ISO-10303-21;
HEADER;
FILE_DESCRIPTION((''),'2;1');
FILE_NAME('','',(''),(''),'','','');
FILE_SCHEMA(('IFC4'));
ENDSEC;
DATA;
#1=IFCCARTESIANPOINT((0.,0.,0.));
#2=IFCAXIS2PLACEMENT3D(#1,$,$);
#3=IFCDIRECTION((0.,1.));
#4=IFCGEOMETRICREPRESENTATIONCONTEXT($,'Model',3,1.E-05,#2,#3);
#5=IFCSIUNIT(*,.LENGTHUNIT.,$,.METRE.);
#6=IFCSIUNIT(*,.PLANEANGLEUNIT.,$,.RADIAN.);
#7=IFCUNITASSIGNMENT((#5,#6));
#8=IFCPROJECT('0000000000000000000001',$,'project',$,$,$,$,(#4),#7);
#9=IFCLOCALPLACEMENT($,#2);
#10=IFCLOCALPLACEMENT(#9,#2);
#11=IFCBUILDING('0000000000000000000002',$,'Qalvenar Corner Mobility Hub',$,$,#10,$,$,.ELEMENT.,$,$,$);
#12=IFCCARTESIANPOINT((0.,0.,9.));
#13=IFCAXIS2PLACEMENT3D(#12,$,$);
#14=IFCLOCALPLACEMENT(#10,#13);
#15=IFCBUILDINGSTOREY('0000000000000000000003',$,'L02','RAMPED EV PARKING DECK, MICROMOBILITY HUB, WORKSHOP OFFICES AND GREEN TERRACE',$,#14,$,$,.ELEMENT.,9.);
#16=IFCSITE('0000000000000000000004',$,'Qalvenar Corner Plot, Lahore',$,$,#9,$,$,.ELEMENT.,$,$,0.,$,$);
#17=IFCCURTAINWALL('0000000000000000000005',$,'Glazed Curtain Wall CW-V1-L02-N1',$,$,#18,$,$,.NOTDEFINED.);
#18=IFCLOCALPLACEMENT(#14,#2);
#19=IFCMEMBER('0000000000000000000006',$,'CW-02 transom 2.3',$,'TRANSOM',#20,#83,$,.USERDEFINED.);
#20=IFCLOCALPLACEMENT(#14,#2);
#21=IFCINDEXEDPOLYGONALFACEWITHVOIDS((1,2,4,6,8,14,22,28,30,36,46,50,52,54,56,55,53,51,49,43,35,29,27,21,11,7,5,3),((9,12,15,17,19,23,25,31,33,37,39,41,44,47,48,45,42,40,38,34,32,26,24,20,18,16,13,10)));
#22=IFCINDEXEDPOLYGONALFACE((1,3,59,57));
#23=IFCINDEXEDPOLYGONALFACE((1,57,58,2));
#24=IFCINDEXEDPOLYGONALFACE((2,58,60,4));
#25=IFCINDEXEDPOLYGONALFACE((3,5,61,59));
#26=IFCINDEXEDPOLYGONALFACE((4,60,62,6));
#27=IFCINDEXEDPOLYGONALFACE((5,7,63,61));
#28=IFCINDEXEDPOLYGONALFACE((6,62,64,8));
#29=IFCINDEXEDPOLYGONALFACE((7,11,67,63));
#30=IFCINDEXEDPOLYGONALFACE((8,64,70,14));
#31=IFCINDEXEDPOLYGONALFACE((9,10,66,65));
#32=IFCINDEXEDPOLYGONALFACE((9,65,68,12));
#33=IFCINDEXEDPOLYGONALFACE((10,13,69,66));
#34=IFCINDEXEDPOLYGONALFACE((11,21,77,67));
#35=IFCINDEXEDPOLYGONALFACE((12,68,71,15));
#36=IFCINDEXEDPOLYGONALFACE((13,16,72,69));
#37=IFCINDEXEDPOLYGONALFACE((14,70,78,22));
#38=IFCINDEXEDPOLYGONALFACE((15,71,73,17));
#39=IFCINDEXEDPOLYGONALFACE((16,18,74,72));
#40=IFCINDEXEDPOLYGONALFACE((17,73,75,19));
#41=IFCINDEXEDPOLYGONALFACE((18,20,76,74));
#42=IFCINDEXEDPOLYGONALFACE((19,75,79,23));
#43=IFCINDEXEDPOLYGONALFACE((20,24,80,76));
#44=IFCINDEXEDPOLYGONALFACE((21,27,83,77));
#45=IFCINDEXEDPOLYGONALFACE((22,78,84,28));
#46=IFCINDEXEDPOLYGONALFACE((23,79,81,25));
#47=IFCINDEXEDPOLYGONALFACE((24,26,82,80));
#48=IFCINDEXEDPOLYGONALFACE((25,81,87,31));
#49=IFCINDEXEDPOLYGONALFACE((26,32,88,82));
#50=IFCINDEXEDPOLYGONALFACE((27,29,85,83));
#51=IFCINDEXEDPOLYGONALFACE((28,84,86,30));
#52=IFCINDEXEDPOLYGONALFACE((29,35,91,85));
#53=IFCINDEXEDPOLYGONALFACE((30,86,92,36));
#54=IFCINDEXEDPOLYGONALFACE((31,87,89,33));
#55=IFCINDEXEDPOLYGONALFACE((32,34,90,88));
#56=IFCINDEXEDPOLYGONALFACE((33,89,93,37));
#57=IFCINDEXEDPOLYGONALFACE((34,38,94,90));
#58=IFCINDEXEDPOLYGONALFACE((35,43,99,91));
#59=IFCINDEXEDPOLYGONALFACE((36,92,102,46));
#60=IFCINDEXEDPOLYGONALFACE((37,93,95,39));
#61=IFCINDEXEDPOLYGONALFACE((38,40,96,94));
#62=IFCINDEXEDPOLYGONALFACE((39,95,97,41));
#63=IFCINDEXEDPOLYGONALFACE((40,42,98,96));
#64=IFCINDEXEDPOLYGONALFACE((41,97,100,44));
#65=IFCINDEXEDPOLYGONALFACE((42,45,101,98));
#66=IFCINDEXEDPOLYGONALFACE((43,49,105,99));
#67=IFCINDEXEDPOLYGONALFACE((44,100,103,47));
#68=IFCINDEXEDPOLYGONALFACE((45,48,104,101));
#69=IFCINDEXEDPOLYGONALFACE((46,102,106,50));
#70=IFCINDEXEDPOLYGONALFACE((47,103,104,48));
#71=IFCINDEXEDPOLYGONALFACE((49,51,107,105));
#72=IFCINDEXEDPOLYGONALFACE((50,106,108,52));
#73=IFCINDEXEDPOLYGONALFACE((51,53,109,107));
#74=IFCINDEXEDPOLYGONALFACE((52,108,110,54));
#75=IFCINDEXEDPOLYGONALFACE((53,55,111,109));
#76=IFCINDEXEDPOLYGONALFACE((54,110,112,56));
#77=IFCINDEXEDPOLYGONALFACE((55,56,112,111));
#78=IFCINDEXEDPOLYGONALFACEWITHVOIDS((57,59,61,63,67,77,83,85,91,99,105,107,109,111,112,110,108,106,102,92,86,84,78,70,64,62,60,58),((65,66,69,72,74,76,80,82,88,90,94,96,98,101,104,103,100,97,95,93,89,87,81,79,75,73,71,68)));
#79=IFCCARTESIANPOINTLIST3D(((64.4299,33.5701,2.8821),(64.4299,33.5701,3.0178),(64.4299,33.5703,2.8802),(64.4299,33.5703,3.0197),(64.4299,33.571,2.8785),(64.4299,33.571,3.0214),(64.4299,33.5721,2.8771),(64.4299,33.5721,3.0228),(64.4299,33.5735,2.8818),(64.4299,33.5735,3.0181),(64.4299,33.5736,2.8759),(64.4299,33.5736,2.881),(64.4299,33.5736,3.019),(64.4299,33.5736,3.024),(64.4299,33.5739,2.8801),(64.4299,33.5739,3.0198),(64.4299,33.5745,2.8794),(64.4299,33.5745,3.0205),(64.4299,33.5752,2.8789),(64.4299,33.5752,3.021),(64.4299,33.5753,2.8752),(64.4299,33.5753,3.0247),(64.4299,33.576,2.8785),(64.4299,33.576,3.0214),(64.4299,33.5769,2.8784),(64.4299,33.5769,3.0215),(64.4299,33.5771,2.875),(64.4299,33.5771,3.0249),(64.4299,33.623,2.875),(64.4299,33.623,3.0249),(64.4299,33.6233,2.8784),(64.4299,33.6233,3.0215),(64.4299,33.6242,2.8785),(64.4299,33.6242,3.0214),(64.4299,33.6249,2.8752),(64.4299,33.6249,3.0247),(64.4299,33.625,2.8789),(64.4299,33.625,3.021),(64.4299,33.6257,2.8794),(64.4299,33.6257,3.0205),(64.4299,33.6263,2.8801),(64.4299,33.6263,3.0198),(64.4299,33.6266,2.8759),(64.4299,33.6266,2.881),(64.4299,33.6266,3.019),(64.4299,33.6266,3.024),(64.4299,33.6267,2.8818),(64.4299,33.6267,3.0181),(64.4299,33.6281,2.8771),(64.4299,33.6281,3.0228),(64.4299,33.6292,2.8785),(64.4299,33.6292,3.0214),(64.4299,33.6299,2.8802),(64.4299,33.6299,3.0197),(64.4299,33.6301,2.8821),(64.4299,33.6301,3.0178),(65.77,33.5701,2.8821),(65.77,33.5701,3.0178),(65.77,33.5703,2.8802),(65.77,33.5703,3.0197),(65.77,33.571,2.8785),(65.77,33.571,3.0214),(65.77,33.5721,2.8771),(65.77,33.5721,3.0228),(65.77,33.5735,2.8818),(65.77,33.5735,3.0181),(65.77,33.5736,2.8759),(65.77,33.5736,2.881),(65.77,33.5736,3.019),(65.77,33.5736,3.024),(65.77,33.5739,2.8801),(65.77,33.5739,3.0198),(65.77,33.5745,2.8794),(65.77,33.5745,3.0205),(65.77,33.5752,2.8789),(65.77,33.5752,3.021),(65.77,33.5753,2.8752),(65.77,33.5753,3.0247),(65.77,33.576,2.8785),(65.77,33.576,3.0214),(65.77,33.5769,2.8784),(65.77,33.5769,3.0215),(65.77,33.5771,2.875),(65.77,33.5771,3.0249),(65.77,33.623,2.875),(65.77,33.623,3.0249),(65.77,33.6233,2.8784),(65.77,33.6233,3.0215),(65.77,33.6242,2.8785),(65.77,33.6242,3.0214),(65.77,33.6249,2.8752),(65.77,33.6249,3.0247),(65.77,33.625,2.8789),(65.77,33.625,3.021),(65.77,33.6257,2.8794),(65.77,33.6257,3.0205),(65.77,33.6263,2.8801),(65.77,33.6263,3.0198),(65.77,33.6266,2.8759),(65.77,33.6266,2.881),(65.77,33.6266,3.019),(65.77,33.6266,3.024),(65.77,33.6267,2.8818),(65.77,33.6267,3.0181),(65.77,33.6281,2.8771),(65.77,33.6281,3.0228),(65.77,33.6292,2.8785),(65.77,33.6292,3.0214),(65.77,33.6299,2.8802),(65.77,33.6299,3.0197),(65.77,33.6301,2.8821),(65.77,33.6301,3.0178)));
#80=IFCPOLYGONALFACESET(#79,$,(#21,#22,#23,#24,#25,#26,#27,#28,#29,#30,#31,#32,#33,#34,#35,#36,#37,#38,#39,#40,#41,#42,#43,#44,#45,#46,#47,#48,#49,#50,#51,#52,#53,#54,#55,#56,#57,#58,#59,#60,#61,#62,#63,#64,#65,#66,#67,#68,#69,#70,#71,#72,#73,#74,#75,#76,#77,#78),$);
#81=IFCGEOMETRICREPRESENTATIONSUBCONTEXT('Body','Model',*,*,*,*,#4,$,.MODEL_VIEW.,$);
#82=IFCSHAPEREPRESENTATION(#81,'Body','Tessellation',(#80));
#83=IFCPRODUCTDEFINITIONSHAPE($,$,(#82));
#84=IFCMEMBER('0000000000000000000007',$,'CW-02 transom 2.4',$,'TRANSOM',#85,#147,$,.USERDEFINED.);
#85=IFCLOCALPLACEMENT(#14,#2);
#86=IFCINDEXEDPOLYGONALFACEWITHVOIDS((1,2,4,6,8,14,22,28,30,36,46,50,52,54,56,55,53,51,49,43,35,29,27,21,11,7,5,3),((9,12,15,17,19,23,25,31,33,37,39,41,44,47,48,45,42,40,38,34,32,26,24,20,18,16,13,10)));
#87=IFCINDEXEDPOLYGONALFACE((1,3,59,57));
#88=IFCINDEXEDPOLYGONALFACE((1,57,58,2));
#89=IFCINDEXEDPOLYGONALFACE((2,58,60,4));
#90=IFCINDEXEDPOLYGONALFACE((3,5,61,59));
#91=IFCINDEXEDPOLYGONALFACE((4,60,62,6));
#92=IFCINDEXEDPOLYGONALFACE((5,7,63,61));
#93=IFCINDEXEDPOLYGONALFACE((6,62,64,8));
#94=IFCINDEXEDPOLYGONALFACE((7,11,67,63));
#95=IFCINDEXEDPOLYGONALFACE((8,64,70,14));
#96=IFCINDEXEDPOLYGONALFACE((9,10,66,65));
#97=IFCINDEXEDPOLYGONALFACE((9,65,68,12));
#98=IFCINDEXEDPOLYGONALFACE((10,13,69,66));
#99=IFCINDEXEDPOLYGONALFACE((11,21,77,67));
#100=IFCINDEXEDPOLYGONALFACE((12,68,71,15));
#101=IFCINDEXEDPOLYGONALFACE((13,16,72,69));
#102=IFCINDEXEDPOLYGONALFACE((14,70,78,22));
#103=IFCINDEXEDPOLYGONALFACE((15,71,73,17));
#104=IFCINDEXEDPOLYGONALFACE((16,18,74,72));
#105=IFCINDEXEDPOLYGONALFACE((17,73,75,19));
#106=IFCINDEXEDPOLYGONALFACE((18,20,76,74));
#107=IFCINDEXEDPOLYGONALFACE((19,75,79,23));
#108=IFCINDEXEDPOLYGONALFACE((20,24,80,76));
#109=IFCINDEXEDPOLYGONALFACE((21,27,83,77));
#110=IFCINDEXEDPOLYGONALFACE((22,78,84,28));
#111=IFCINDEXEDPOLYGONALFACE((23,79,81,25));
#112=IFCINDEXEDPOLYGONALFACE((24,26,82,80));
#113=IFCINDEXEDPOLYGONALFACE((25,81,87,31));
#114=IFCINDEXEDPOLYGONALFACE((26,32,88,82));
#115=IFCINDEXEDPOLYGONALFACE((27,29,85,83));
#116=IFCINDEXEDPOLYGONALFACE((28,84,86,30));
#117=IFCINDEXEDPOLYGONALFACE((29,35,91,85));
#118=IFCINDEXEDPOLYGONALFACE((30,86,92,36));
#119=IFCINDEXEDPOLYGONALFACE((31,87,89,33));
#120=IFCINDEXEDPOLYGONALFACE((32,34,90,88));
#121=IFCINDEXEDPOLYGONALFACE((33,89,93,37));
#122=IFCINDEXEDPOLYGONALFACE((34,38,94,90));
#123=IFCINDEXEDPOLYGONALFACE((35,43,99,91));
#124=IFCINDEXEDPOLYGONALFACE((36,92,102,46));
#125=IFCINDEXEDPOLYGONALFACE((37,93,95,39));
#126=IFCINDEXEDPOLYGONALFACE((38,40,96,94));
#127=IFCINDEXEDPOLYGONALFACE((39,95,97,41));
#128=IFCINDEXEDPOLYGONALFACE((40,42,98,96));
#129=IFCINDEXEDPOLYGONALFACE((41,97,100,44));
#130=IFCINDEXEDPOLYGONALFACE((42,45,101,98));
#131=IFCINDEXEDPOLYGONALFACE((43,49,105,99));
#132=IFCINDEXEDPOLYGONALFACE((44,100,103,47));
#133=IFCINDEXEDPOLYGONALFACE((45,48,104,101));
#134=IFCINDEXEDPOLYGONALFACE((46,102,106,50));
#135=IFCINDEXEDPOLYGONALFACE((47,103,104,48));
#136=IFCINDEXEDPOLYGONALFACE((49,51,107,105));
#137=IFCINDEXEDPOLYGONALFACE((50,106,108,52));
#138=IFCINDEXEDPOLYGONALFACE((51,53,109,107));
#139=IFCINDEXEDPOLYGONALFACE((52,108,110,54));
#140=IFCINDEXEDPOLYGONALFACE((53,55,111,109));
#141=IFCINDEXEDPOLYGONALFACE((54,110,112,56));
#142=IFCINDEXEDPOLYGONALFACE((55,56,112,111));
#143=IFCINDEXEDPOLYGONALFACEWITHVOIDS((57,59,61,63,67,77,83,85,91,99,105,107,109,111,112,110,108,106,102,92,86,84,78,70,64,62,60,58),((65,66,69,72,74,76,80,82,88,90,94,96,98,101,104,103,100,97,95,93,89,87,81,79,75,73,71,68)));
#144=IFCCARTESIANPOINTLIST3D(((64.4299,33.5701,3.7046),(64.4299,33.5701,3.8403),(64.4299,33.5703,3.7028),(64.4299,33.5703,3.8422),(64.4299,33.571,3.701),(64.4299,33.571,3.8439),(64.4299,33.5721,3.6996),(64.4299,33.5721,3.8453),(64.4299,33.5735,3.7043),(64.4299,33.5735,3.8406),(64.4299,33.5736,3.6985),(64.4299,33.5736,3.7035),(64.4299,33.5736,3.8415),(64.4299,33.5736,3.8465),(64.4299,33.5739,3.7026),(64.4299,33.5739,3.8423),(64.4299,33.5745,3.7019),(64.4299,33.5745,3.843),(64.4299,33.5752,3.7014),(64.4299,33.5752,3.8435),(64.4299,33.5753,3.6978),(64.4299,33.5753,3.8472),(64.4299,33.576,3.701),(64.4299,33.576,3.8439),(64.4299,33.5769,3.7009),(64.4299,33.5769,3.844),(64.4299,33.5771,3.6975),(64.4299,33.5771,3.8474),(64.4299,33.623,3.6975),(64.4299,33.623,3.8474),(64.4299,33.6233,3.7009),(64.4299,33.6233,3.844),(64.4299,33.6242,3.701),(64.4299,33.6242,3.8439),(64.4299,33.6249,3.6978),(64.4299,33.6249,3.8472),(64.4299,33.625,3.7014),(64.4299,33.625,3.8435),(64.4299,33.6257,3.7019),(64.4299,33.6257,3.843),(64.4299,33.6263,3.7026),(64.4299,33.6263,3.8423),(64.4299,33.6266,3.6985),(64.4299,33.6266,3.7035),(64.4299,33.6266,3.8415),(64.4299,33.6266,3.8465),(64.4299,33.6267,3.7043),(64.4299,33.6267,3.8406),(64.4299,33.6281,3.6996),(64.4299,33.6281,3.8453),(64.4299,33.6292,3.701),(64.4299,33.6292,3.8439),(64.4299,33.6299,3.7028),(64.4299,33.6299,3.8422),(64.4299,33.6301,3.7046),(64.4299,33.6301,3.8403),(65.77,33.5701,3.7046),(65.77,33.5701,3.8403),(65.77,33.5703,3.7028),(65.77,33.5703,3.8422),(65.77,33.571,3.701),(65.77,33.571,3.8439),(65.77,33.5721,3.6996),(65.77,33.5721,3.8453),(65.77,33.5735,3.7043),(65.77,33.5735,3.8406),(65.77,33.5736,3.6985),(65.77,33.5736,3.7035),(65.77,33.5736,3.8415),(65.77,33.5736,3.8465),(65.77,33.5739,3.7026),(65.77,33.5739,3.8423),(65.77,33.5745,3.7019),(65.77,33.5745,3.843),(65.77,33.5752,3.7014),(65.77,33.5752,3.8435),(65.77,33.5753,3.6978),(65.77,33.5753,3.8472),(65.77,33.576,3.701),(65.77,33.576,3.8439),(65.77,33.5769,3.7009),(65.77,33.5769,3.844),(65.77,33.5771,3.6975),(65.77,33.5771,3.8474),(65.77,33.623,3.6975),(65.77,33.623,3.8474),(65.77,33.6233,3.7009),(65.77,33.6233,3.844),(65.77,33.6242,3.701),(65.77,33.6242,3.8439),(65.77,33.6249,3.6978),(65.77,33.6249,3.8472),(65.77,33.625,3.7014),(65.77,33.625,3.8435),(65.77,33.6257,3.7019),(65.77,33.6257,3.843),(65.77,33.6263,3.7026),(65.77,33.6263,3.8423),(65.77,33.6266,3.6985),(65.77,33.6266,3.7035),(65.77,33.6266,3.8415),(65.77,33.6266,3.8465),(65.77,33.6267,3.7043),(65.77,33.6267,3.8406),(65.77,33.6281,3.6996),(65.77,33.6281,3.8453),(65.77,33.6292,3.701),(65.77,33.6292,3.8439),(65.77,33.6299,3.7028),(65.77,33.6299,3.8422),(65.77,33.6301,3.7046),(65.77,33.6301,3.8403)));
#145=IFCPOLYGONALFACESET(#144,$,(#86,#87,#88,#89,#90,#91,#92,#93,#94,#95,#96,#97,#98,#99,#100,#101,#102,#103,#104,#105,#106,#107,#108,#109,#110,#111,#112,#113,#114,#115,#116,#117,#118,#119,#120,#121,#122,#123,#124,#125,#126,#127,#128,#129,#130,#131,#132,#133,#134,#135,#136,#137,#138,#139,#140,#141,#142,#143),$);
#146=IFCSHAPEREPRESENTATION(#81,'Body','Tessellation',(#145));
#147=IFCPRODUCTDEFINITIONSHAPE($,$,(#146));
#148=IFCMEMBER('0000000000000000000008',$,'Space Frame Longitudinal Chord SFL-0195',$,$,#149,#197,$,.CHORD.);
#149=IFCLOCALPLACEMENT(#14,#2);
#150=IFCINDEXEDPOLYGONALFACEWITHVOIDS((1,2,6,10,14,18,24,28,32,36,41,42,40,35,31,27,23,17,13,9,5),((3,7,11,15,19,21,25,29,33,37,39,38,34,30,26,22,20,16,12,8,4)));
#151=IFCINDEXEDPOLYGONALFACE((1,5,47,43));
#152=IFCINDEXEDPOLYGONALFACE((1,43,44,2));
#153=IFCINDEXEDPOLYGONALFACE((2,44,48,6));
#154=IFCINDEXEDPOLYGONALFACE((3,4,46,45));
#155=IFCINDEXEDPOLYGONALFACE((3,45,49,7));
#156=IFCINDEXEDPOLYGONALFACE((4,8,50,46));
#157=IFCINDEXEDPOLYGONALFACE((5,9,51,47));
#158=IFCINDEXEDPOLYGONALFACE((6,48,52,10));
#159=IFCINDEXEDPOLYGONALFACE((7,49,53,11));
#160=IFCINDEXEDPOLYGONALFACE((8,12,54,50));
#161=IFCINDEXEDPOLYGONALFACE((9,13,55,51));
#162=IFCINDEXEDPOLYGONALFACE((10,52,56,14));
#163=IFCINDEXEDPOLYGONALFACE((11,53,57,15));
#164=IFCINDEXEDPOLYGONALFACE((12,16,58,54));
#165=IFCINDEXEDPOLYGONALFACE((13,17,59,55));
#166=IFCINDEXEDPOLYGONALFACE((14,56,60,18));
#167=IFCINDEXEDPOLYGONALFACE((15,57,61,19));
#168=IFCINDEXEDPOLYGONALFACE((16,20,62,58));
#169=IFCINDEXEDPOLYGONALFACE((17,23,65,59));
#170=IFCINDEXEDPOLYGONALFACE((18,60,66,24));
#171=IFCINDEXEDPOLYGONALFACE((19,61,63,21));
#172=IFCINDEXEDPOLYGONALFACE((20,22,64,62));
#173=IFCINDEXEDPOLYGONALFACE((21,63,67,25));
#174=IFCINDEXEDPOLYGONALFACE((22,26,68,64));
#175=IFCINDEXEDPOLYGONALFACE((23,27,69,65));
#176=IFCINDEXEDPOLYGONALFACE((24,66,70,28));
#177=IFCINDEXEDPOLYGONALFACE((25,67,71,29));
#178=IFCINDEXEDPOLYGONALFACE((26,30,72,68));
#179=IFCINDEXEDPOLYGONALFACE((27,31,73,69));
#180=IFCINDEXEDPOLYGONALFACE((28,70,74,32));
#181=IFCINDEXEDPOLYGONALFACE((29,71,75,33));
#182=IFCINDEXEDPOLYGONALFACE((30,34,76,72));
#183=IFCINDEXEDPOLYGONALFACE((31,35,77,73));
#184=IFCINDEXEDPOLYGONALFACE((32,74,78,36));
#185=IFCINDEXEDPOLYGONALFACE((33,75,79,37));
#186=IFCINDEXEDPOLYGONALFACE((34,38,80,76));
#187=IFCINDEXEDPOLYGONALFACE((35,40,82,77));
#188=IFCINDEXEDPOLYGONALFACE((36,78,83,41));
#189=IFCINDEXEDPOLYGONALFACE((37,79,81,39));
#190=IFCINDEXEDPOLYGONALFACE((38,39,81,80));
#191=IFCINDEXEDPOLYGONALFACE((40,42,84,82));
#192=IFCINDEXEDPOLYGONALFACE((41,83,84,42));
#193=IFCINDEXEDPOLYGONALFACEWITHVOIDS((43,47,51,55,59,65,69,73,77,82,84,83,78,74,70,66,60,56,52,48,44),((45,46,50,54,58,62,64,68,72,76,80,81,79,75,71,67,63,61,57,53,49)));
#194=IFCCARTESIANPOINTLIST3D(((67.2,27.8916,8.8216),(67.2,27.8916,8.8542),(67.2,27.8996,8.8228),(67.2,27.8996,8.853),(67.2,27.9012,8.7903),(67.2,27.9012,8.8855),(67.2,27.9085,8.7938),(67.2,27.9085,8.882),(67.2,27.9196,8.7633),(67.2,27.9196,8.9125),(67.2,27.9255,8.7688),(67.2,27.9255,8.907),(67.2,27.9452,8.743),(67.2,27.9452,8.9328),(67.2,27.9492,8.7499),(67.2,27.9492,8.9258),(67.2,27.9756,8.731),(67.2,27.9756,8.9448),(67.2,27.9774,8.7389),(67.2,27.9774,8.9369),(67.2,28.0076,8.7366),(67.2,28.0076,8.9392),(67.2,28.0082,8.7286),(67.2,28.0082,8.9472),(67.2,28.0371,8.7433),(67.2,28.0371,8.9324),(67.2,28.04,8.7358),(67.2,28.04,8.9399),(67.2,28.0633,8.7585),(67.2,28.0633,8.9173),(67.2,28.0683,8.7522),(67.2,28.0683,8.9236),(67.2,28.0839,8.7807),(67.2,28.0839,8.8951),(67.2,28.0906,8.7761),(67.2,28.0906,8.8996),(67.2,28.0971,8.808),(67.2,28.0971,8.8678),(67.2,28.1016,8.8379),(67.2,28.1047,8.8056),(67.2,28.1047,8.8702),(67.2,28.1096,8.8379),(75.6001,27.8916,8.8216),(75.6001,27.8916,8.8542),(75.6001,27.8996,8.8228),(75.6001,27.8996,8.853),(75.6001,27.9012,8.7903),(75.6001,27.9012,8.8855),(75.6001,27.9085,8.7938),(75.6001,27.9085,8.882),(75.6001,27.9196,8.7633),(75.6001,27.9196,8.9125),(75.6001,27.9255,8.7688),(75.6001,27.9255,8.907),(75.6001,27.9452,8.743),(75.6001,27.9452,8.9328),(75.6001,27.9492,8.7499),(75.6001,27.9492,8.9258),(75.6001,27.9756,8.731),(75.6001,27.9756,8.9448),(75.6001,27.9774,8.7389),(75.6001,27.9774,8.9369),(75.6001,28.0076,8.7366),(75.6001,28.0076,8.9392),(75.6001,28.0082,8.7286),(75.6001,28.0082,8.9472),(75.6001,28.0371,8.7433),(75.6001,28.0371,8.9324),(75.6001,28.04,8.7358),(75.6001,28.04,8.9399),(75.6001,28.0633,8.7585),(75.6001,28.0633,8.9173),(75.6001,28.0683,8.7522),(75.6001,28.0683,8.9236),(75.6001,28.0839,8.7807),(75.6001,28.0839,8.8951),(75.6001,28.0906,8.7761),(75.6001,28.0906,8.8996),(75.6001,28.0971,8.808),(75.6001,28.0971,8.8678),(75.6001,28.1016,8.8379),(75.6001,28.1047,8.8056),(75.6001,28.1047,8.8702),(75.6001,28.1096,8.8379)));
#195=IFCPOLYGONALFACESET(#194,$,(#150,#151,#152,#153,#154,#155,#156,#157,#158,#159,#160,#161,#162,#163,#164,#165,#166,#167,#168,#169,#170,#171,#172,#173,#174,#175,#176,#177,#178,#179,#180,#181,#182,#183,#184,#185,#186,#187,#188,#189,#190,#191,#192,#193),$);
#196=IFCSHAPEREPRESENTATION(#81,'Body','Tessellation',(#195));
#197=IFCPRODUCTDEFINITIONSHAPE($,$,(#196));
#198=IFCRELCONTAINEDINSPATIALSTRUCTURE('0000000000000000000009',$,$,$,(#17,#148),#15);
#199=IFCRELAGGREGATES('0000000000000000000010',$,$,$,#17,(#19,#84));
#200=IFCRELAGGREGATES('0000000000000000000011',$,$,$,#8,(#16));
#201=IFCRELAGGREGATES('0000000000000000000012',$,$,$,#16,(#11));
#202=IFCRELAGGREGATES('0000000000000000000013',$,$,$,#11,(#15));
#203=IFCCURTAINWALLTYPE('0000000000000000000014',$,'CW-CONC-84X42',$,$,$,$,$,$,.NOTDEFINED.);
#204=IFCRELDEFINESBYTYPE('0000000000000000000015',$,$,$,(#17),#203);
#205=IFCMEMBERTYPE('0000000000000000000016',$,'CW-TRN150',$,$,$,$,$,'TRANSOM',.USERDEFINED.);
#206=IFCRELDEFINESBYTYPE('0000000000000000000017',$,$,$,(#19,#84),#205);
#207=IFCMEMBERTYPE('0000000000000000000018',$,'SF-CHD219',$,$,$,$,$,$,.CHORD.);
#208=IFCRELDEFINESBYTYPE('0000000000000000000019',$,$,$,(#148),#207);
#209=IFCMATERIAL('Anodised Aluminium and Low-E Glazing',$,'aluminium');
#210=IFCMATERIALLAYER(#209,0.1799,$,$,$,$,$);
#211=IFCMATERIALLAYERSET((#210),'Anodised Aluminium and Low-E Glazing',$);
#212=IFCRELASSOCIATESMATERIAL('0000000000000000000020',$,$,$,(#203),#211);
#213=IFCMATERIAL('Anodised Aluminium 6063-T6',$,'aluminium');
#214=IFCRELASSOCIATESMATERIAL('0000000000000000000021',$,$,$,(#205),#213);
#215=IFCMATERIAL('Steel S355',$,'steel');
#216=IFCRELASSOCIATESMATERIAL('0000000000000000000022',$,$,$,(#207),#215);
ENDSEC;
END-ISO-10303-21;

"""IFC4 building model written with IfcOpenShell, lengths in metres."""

from ifc_helpers import new_model, si_unit, direction, frame, origin, origin_2d, place, context, subcontext, project, spatial, hollow_rectangle, hollow_circle, extrude, material, layer, layer_set, material_profile, profile_set, type_object, element, aggregate, save


model = new_model("IFC4")

# Units and contexts
model_context = context("Model", 3, precision=1e-05, world=origin(), true_north=direction((0.0, 1.0)))
body_context = subcontext(model_context, "Body", "Model", "MODEL_VIEW")
ifc_project = project(units=[si_unit("LENGTHUNIT", "METRE"), si_unit("PLANEANGLEUNIT", "RADIAN")], contexts=[model_context])

# Site, building, storey
site_placement = place(None, origin())
site = spatial("IfcSite", under=ifc_project, at=site_placement, Name="Qalvenar Corner Plot, Lahore", CompositionType="ELEMENT", RefElevation=0.0)
building_placement = place(site_placement, origin())
building = spatial("IfcBuilding", under=site, at=building_placement, Name="Qalvenar Corner Mobility Hub", CompositionType="ELEMENT")
storey_placement = place(building_placement, frame((0.0, 0.0, 9.0)))
storey = spatial("IfcBuildingStorey", under=building, at=storey_placement, Name="L02", Description="RAMPED EV PARKING DECK, MICROMOBILITY HUB, WORKSHOP OFFICES AND GREEN TERRACE", CompositionType="ELEMENT", Elevation=9.0)

# Curtain wall, members
ifc_material_1 = material(Name="Anodised Aluminium and Low-E Glazing", Category="aluminium")
ifc_layer_1 = layer(ifc_material_1, 0.1799)
ifc_layer_set_1 = layer_set([ifc_layer_1], Name="Anodised Aluminium and Low-E Glazing")
curtain_wall_type = type_object("IfcCurtainWallType", Name="CW-CONC-84X42", PredefinedType="NOTDEFINED", material=ifc_layer_set_1)
curtain_wall_placement = place(storey_placement, origin())
curtain_wall = element("IfcCurtainWall", 1, at=curtain_wall_placement, inside=storey, type_object=curtain_wall_type, Name="Glazed Curtain Wall CW-V1-L02-N1", PredefinedType="NOTDEFINED")
ifc_material_2 = material(Name="Anodised Aluminium 6063-T6", Category="aluminium")
ifc_material_profile_1 = material_profile(ifc_material_2, hollow_rectangle(XDim=0.0601, YDim=0.1499, WallThickness=0.0034, InnerFilletRadius=0.0034, OuterFilletRadius=0.0071, at=origin_2d()), Name="RHS150x60x3.5")
ifc_profile_set_1 = profile_set([ifc_material_profile_1], Name="Anodised Aluminium 6063-T6")
member_type_1 = type_object("IfcMemberType", Name="CW-TRN150", ElementType="TRANSOM", PredefinedType="USERDEFINED", material=ifc_profile_set_1)
member_1_placement = place(storey_placement, frame((65.77, 33.6001, 2.95), z_axis=(-1.0, 0.0, 0.0), x_axis=(0.0, -1.0, 0.0)))
member_1 = element("IfcMember", 2, at=member_1_placement, type_object=member_type_1, Name="CW-02 transom 2.3", ObjectType="TRANSOM", PredefinedType="USERDEFINED", context=body_context, shape_type="SweptSolid", body=[
    extrude(hollow_rectangle(XDim=0.0601, YDim=0.1499, WallThickness=0.0034, InnerFilletRadius=0.0034, OuterFilletRadius=0.0071, at=origin_2d()), origin(), (0.0, 0.0, 1.0), 1.3401),
])
member_2_placement = place(storey_placement, frame((65.77, 33.6001, 3.7725), z_axis=(-1.0, 0.0, 0.0), x_axis=(0.0, -1.0, 0.0)))
member_2 = element("IfcMember", 3, at=member_2_placement, type_object=member_type_1, Name="CW-02 transom 2.4", ObjectType="TRANSOM", PredefinedType="USERDEFINED", context=body_context, shape_type="SweptSolid", body=[
    extrude(hollow_rectangle(XDim=0.0601, YDim=0.1499, WallThickness=0.0034, InnerFilletRadius=0.0034, OuterFilletRadius=0.0071, at=origin_2d()), origin(), (0.0, 0.0, 1.0), 1.3401),
])

# Member
ifc_material_3 = material(Name="Steel S355", Category="steel")
ifc_material_profile_2 = material_profile(ifc_material_3, hollow_circle(Radius=0.1096, WallThickness=0.0081, at=origin_2d()), Name="CHS219.1x8")
ifc_profile_set_2 = profile_set([ifc_material_profile_2], Name="Steel S355")
member_type_2 = type_object("IfcMemberType", Name="SF-CHD219", PredefinedType="CHORD", material=ifc_profile_set_2)
member_3_placement = place(storey_placement, frame((67.2, 28.0, 8.8379), z_axis=(1.0, 0.0, 0.0), x_axis=(0.0, 1.0, 0.0)))
element("IfcMember", 4, at=member_3_placement, inside=storey, type_object=member_type_2, Name="Space Frame Longitudinal Chord SFL-0195", PredefinedType="CHORD", context=body_context, shape_type="SweptSolid", body=[
    extrude(hollow_circle(Radius=0.1096, WallThickness=0.0081, at=origin_2d()), origin(), (0.0, 0.0, 1.0), 8.4001),
])

aggregate(curtain_wall, [member_1, member_2])

save(model, "model.ifc")
